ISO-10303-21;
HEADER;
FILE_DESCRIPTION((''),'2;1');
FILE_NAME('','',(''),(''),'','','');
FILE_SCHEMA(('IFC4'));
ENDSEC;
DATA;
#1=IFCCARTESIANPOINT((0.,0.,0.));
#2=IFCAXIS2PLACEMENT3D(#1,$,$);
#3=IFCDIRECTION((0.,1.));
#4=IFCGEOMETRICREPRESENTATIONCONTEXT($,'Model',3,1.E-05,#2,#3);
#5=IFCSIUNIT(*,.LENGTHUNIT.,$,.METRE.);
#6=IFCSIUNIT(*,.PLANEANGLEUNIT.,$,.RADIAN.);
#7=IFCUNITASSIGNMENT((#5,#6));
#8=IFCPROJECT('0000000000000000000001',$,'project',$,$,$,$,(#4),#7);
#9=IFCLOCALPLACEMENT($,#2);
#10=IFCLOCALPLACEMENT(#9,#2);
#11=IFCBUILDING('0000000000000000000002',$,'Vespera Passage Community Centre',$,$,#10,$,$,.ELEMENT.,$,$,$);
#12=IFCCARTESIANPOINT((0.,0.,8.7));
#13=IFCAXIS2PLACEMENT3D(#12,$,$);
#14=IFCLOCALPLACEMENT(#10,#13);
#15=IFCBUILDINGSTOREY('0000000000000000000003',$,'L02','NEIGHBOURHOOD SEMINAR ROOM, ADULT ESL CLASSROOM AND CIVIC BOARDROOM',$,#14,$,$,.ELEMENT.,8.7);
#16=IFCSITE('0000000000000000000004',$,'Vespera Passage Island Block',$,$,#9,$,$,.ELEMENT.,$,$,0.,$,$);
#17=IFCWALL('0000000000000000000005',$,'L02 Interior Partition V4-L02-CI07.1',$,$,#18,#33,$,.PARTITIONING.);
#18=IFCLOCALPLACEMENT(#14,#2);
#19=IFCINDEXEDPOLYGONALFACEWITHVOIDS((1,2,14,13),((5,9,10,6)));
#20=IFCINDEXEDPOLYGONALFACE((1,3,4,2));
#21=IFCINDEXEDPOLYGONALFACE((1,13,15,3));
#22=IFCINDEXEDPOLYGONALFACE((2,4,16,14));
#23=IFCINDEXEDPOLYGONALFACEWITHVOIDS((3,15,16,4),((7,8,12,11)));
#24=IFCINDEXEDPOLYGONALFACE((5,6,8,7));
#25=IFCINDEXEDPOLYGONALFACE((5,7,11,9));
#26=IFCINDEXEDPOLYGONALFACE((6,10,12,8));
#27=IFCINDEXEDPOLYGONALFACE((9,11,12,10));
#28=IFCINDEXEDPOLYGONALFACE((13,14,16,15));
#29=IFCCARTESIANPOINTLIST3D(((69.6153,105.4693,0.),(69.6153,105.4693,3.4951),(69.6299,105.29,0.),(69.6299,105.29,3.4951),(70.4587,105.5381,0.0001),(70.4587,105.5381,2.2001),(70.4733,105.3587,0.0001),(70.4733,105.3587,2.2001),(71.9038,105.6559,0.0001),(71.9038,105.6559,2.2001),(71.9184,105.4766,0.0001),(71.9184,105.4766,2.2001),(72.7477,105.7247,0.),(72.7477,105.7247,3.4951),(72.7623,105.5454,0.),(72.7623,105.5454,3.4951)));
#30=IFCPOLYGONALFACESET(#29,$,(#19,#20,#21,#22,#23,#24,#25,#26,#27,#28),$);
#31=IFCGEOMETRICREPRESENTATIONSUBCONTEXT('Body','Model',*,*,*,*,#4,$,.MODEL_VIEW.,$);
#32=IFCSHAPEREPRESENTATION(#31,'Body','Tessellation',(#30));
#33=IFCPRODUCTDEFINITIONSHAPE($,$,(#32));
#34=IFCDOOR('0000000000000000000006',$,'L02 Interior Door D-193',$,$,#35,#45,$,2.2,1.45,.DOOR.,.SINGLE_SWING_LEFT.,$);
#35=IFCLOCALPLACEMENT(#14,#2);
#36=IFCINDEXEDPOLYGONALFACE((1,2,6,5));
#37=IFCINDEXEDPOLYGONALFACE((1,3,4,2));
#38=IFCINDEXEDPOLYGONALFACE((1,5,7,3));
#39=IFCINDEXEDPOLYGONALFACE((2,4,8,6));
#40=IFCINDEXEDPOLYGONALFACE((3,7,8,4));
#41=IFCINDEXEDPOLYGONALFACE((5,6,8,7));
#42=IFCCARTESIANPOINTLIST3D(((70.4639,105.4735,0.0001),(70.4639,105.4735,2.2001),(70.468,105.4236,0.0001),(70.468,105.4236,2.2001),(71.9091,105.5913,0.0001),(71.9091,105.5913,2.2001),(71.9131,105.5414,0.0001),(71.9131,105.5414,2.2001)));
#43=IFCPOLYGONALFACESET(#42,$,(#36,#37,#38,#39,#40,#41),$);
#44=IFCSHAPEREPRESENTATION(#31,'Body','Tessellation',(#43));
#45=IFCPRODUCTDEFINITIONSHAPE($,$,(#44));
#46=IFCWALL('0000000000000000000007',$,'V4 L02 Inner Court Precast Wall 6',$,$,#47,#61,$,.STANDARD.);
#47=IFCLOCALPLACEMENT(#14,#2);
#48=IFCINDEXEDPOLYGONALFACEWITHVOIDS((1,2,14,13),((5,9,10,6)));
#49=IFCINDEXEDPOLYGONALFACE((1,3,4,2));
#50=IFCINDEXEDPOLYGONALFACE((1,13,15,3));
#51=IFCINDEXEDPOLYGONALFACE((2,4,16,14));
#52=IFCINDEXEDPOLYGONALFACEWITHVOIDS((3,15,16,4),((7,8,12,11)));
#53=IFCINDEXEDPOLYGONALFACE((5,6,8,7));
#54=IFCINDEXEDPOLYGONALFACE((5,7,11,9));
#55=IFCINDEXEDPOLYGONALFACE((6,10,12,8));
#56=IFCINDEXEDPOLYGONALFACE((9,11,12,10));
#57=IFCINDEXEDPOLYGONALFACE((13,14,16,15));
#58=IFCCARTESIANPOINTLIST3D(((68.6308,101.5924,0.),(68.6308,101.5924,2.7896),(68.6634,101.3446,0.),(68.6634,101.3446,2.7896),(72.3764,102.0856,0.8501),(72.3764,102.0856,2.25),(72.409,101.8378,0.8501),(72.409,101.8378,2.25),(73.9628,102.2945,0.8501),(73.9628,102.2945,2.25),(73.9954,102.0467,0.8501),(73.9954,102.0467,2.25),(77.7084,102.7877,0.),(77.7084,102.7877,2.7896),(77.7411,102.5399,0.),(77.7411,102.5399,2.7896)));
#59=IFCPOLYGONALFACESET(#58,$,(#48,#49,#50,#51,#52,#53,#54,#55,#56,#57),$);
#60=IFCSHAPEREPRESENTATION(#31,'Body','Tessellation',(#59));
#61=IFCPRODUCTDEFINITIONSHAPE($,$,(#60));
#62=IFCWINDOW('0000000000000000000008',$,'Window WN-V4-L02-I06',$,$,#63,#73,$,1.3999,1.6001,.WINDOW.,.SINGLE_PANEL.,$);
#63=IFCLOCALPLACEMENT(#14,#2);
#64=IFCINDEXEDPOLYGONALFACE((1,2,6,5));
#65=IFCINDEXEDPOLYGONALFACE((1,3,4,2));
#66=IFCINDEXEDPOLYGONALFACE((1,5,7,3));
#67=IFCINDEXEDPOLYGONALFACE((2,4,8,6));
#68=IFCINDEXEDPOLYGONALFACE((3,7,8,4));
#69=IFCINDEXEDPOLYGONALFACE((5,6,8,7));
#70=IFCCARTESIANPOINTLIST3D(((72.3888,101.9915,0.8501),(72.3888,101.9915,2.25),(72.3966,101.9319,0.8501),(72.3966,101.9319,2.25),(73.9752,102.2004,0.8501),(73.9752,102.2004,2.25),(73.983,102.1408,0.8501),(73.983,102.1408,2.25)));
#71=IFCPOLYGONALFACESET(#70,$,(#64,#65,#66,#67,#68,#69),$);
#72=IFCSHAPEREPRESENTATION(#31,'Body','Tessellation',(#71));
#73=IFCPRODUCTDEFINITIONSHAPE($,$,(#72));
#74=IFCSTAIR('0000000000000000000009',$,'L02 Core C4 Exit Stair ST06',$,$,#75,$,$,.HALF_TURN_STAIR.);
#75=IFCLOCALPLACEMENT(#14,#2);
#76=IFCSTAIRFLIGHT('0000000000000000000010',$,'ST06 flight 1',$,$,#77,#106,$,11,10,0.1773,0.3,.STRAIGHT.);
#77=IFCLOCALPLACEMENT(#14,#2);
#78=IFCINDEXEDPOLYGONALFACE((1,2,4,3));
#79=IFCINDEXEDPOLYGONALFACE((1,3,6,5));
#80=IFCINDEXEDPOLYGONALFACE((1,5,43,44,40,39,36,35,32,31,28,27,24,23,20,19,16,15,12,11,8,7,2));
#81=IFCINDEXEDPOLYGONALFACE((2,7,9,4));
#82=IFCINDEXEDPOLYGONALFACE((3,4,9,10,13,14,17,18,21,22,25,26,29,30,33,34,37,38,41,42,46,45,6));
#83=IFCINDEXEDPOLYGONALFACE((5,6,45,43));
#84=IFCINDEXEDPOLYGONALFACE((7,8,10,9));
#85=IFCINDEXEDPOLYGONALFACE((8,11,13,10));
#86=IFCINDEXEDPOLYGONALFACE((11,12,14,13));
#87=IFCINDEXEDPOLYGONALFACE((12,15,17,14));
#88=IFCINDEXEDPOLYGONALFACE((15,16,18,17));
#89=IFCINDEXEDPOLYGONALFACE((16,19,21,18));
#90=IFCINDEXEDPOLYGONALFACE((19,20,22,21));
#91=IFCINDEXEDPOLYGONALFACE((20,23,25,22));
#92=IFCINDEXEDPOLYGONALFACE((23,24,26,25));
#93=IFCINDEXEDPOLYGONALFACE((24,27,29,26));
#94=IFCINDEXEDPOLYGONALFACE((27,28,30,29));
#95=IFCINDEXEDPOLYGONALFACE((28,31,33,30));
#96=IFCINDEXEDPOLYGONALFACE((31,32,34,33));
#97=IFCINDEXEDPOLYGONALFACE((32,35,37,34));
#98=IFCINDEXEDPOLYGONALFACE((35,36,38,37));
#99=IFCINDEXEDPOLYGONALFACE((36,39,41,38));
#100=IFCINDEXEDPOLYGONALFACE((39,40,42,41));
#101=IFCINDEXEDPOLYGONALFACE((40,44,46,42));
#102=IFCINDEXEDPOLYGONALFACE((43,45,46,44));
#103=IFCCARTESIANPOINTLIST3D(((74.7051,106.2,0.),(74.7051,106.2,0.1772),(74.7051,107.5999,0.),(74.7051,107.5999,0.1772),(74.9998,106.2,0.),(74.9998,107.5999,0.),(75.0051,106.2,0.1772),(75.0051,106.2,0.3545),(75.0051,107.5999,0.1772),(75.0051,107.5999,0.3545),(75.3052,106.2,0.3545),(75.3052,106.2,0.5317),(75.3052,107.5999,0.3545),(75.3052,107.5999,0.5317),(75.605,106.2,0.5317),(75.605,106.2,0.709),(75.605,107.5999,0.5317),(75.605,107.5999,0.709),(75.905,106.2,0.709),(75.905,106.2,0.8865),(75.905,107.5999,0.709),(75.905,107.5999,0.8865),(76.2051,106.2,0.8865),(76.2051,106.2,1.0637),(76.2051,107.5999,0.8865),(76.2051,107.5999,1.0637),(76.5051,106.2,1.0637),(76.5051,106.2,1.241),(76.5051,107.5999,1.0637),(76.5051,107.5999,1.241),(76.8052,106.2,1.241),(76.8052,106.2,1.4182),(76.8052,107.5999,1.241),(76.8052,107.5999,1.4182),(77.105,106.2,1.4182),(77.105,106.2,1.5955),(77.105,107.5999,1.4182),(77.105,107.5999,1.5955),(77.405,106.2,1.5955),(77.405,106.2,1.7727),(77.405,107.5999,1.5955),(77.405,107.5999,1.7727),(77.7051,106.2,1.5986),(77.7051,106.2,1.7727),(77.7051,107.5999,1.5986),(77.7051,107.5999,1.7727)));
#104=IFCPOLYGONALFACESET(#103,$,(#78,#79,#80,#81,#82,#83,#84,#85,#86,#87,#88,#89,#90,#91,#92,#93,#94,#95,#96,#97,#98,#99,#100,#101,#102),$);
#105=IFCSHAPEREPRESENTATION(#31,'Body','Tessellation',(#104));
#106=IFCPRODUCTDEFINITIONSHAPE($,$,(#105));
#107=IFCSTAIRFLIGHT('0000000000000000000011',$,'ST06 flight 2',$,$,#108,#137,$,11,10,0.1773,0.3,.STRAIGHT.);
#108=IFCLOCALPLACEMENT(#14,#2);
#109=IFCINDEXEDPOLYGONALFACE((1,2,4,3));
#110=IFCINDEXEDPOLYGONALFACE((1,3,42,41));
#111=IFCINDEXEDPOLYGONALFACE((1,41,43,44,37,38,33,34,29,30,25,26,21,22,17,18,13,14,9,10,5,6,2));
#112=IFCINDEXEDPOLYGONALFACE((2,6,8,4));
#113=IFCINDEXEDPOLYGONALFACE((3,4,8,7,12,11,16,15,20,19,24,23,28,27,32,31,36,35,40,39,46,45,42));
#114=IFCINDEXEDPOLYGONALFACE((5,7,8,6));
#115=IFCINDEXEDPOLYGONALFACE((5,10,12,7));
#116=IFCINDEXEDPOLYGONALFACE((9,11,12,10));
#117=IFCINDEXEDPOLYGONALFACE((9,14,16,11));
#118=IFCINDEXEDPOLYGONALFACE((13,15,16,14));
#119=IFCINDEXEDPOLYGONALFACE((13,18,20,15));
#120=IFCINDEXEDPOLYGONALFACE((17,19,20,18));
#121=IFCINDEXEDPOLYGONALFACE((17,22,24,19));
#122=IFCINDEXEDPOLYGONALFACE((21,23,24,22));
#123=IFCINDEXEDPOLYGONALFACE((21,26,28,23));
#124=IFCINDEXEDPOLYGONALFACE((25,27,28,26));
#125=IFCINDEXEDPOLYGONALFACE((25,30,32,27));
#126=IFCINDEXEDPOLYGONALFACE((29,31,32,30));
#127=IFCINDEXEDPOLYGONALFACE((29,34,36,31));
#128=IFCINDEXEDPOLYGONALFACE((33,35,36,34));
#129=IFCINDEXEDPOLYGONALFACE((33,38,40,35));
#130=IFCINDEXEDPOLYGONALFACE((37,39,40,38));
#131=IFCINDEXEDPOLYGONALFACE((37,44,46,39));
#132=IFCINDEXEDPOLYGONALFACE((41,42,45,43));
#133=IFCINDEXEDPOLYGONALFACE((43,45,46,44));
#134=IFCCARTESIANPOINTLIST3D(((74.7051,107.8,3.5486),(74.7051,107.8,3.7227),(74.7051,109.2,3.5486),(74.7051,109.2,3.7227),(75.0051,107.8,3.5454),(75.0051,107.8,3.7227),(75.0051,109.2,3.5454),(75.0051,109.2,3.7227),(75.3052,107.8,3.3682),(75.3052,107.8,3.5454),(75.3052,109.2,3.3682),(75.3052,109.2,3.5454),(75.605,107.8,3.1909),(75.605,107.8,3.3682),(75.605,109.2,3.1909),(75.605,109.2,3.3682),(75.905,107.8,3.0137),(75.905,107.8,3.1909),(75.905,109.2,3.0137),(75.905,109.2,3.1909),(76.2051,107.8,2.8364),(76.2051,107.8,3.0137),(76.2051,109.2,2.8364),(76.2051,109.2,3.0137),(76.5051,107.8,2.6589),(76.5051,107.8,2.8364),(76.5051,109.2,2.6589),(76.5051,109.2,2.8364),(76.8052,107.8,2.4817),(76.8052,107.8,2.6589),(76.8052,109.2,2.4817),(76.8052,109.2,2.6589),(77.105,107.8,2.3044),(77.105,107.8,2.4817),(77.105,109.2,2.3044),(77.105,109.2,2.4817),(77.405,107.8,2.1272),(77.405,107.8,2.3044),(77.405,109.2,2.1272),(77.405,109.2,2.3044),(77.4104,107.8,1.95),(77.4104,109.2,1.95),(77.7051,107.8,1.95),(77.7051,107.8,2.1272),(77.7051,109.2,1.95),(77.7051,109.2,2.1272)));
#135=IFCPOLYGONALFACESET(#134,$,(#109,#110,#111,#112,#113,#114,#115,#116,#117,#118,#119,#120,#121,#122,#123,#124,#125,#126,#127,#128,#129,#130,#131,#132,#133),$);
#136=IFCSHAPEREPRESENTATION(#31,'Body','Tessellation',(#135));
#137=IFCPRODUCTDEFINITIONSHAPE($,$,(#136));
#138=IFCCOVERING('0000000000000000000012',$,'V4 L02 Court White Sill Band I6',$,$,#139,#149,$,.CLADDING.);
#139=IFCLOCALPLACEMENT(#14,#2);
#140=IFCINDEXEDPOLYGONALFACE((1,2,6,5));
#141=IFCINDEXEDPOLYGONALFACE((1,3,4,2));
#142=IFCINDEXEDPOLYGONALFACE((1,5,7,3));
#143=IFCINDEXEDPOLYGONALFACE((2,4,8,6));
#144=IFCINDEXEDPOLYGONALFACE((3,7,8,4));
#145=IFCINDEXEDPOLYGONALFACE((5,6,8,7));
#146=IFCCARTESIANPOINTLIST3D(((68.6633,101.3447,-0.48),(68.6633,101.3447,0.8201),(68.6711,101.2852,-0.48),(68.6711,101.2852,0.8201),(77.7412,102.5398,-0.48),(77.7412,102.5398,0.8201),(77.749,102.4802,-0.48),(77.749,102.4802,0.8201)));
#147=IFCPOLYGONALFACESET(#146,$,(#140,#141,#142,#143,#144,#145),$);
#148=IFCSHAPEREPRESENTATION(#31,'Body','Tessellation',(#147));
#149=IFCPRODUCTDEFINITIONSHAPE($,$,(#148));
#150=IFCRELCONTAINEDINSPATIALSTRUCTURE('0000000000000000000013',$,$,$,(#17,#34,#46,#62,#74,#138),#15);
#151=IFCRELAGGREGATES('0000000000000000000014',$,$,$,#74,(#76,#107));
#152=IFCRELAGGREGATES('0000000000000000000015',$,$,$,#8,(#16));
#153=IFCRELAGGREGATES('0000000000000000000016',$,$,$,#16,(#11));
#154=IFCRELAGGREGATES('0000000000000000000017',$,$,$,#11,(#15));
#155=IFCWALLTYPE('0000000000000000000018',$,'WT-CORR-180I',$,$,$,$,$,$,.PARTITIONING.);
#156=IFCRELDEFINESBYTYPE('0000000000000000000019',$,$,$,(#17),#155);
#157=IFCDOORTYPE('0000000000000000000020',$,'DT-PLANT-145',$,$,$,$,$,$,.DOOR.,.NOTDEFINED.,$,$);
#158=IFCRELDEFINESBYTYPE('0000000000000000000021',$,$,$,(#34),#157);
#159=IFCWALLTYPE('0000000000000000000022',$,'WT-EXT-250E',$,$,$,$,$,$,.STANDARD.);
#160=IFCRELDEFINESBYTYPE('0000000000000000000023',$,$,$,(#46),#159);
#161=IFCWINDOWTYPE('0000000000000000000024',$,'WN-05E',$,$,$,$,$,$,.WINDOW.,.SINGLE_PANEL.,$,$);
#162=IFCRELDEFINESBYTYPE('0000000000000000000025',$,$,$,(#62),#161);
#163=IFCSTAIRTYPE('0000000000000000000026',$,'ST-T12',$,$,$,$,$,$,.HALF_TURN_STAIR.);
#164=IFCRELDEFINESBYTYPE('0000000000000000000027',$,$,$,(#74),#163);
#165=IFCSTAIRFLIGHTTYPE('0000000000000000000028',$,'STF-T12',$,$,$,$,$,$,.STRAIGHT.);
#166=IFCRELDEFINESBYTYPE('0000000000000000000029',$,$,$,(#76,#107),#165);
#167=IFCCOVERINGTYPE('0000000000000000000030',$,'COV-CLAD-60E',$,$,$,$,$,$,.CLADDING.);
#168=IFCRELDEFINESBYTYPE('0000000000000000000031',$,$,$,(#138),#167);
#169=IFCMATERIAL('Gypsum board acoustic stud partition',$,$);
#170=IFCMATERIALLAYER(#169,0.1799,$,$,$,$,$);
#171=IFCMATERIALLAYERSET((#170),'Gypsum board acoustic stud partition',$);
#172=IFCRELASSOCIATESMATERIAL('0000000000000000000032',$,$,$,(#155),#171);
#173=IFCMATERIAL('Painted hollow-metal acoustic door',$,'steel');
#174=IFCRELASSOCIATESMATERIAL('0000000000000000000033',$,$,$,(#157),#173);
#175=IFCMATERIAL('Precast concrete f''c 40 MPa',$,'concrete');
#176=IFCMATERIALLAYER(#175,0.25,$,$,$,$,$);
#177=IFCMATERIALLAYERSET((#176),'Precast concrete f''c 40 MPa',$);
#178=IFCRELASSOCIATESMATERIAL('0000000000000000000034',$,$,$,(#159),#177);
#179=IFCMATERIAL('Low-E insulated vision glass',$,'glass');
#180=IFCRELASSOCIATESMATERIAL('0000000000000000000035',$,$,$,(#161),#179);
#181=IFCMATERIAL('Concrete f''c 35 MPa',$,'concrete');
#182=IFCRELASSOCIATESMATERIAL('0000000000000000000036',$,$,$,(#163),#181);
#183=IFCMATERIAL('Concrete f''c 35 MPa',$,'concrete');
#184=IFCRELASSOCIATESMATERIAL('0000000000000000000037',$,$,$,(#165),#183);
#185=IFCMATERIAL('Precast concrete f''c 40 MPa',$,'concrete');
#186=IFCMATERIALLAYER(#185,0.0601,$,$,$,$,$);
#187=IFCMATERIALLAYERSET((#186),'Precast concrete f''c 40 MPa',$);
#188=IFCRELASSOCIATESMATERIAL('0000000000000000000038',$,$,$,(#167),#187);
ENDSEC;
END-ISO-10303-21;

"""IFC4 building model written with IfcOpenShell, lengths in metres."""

from ifc_helpers import new_model, si_unit, direction, frame, frame_2d, origin, place, context, subcontext, project, spatial, polyline, rectangle, outline, extrude, material, layer, layer_set, type_object, element, fill, aggregate, save


model = new_model("IFC4")

# Units and contexts
model_context = context("Model", 3, precision=1e-05, world=origin(), true_north=direction((0.0, 1.0)))
body_context = subcontext(model_context, "Body", "Model", "MODEL_VIEW")
ifc_project = project(units=[si_unit("LENGTHUNIT", "METRE"), si_unit("PLANEANGLEUNIT", "RADIAN")], contexts=[model_context])

# Site, building, storey
site_placement = place(None, origin())
site = spatial("IfcSite", under=ifc_project, at=site_placement, Name="Vespera Passage Island Block", CompositionType="ELEMENT", RefElevation=0.0)
building_placement = place(site_placement, origin())
building = spatial("IfcBuilding", under=site, at=building_placement, Name="Vespera Passage Community Centre", CompositionType="ELEMENT")
storey_placement = place(building_placement, frame((0.0, 0.0, 8.7)))
storey = spatial("IfcBuildingStorey", under=building, at=storey_placement, Name="L02", Description="NEIGHBOURHOOD SEMINAR ROOM, ADULT ESL CLASSROOM AND CIVIC BOARDROOM", CompositionType="ELEMENT", Elevation=8.7)

# Shared definitions
ifc_material_1 = material(Name="Gypsum board acoustic stud partition")
ifc_layer_1 = layer(ifc_material_1, 0.1799)
ifc_layer_set_1 = layer_set([ifc_layer_1], Name="Gypsum board acoustic stud partition")
wall_type_1 = type_object("IfcWallType", Name="WT-CORR-180I", PredefinedType="PARTITIONING", material=ifc_layer_set_1)

# Wall, opening, door
wall_1_placement = place(storey_placement, frame((72.7549, 105.635, 0.0), z_axis=(0.0, 0.0, 1.0), x_axis=(-0.996693, -0.081258, 0.0)))
wall_1 = element("IfcWall", 1, at=wall_1_placement, inside=storey, type_object=wall_type_1, Name="L02 Interior Partition V4-L02-CI07.1", PredefinedType="PARTITIONING", context=body_context, shape_type="SweptSolid", body=[
    extrude(rectangle(XDim=3.1428, YDim=0.1799, at=frame_2d((1.5713, 0.0))), origin(), (0.0, 0.0, 1.0), 3.4951),
])
opening_1_placement = place(wall_1_placement, frame((0.8464, 0.0, 0.0)))
opening_1 = element("IfcOpeningElement", 2, at=opening_1_placement, cuts=wall_1, PredefinedType="OPENING", context=body_context, shape_type="SweptSolid", body=[
    extrude(rectangle(XDim=1.45, YDim=2.2, at=frame_2d((0.7251, 1.1001))), frame((0.0, 0.0999, 0.0), z_axis=(0.0, -1.0, 0.0), x_axis=(1.0, 0.0, 0.0)), (0.0, 0.0, 1.0), 0.2),
])
ifc_material_2 = material(Name="Painted hollow-metal acoustic door", Category="steel")
door_type_1 = type_object("IfcDoorType", Name="DT-PLANT-145", OperationType="NOTDEFINED", PredefinedType="DOOR", material=ifc_material_2)
door_1_placement = place(opening_1_placement, origin())
door_1 = element("IfcDoor", 3, at=door_1_placement, inside=storey, type_object=door_type_1, Name="L02 Interior Door D-193", OperationType="SINGLE_SWING_LEFT", OverallHeight=2.2, OverallWidth=1.45, PredefinedType="DOOR", context=body_context, shape_type="SweptSolid", body=[
    extrude(rectangle(XDim=1.45, YDim=2.2, at=frame_2d((0.7251, 1.1001))), frame((0.0, 0.0249, 0.0), z_axis=(0.0, -1.0, 0.0), x_axis=(1.0, 0.0, 0.0)), (0.0, 0.0, 1.0), 0.05),
])
fill(opening_1, door_1)

# Wall, opening, window
ifc_material_3 = material(Name="Precast concrete f'c 40 MPa", Category="concrete")
ifc_layer_2 = layer(ifc_material_3, 0.25)
ifc_layer_set_2 = layer_set([ifc_layer_2], Name="Precast concrete f'c 40 MPa")
wall_type_2 = type_object("IfcWallType", Name="WT-EXT-250E", PredefinedType="STANDARD", material=ifc_layer_set_2)
wall_2_placement = place(storey_placement, frame((77.7249, 102.6638, 0.0), z_axis=(0.0, 0.0, 1.0), x_axis=(-0.991442, -0.13055, 0.0)))
wall_2 = element("IfcWall", 4, at=wall_2_placement, inside=storey, type_object=wall_type_2, Name="V4 L02 Inner Court Precast Wall 6", PredefinedType="STANDARD", context=body_context, shape_type="SweptSolid", body=[
    extrude(rectangle(XDim=9.156, YDim=0.25, at=frame_2d((4.5781, 0.0))), origin(), (0.0, 0.0, 1.0), 2.7896),
])
opening_2_placement = place(wall_2_placement, frame((3.7781, 0.0, 0.8501)))
opening_2 = element("IfcOpeningElement", 5, at=opening_2_placement, cuts=wall_2, PredefinedType="OPENING", context=body_context, shape_type="SweptSolid", body=[
    extrude(rectangle(XDim=1.6001, YDim=1.3999, at=frame_2d((0.8, 0.7))), frame((0.0, 0.135, 0.0), z_axis=(0.0, -1.0, 0.0), x_axis=(1.0, 0.0, 0.0)), (0.0, 0.0, 1.0), 0.27),
])
ifc_material_4 = material(Name="Low-E insulated vision glass", Category="glass")
window_type = type_object("IfcWindowType", Name="WN-05E", PartitioningType="SINGLE_PANEL", PredefinedType="WINDOW", material=ifc_material_4)
window_placement = place(opening_2_placement, origin())
window = element("IfcWindow", 6, at=window_placement, inside=storey, type_object=window_type, Name="Window WN-V4-L02-I06", OverallHeight=1.3999, OverallWidth=1.6001, PartitioningType="SINGLE_PANEL", PredefinedType="WINDOW", context=body_context, shape_type="SweptSolid", body=[
    extrude(rectangle(XDim=1.6001, YDim=1.3999, at=frame_2d((0.8, 0.7))), frame((0.0, 0.03, 0.0), z_axis=(0.0, -1.0, 0.0), x_axis=(1.0, 0.0, 0.0)), (0.0, 0.0, 1.0), 0.0601),
])
fill(opening_2, window)

# Stair, stair flights
ifc_material_5 = material(Name="Concrete f'c 35 MPa", Category="concrete")
stair_type = type_object("IfcStairType", Name="ST-T12", PredefinedType="HALF_TURN_STAIR", material=ifc_material_5)
stair_placement = place(storey_placement, origin())
stair = element("IfcStair", 7, at=stair_placement, inside=storey, type_object=stair_type, Name="L02 Core C4 Exit Stair ST06", PredefinedType="HALF_TURN_STAIR")
ifc_material_6 = material(Name="Concrete f'c 35 MPa", Category="concrete")
stair_flight_type = type_object("IfcStairFlightType", Name="STF-T12", PredefinedType="STRAIGHT", material=ifc_material_6)
stair_flight_1_placement = place(storey_placement, frame((74.7051, 106.8999, 0.0), z_axis=(0.0, 0.0, 1.0), x_axis=(1.0, 0.0, 0.0)))
stair_flight_1 = element("IfcStairFlight", 8, at=stair_flight_1_placement, type_object=stair_flight_type, Name="ST06 flight 1", NumberOfRisers=11, NumberOfTreads=10, PredefinedType="STRAIGHT", RiserHeight=0.1773, TreadLength=0.3, context=body_context, shape_type="SweptSolid", body=[
    extrude(outline(polyline([(0.0, 0.0), (0.0, 0.1772), (0.3, 0.1772), (0.3, 0.3545), (0.6001, 0.3545), (0.6001, 0.5317), (0.8999, 0.5317), (0.8999, 0.709), (1.2, 0.709), (1.2, 0.8865), (1.5, 0.8865), (1.5, 1.0637), (1.8, 1.0637), (1.8, 1.241), (2.1001, 1.241), (2.1001, 1.4182), (2.3999, 1.4182), (2.3999, 1.5955), (2.7, 1.5955), (2.7, 1.7727), (3.0, 1.7727), (3.0, 1.95), (3.0, 1.5986), (0.2947, 0.0), (0.0, 0.0)])), frame((0.0, 0.7, 0.0), z_axis=(0.0, -1.0, 0.0), x_axis=(1.0, 0.0, 0.0)), (0.0, 0.0, 1.0), 1.3999),
])
stair_flight_2_placement = place(storey_placement, frame((77.7051, 108.5, 1.95), z_axis=(0.0, 0.0, 1.0), x_axis=(-1.0, 0.0, 0.0)))
stair_flight_2 = element("IfcStairFlight", 9, at=stair_flight_2_placement, type_object=stair_flight_type, Name="ST06 flight 2", NumberOfRisers=11, NumberOfTreads=10, PredefinedType="STRAIGHT", RiserHeight=0.1773, TreadLength=0.3, context=body_context, shape_type="SweptSolid", body=[
    extrude(outline(polyline([(0.0, 0.0), (0.0, 0.1772), (0.3, 0.1772), (0.3, 0.3545), (0.6001, 0.3545), (0.6001, 0.5317), (0.8999, 0.5317), (0.8999, 0.709), (1.2, 0.709), (1.2, 0.8865), (1.5, 0.8865), (1.5, 1.0637), (1.8, 1.0637), (1.8, 1.241), (2.1001, 1.241), (2.1001, 1.4182), (2.3999, 1.4182), (2.3999, 1.5955), (2.7, 1.5955), (2.7, 1.7727), (3.0, 1.7727), (3.0, 1.95), (3.0, 1.5986), (0.2947, 0.0), (0.0, 0.0)])), frame((0.0, 0.7, 0.0), z_axis=(0.0, -1.0, 0.0), x_axis=(1.0, 0.0, 0.0)), (0.0, 0.0, 1.0), 1.3999),
])
aggregate(stair, [stair_flight_1, stair_flight_2])

# Covering
ifc_material_7 = material(Name="Precast concrete f'c 40 MPa", Category="concrete")
ifc_layer_3 = layer(ifc_material_7, 0.0601)
ifc_layer_set_3 = layer_set([ifc_layer_3], Name="Precast concrete f'c 40 MPa")
covering_type = type_object("IfcCoveringType", Name="COV-CLAD-60E", PredefinedType="CLADDING", material=ifc_layer_set_3)
covering_placement = place(storey_placement, frame((77.7451, 102.51, -0.48), z_axis=(0.0, 0.0, 1.0), x_axis=(-0.991446, -0.13052, 0.0)))
element("IfcCovering", 10, at=covering_placement, inside=storey, type_object=covering_type, Name="V4 L02 Court White Sill Band I6", PredefinedType="CLADDING", context=body_context, shape_type="SweptSolid", body=[
    extrude(rectangle(XDim=9.1562, YDim=0.0601, at=frame_2d((4.5781, 0.0))), origin(), (0.0, 0.0, 1.0), 1.3),
])

save(model, "model.ifc")
